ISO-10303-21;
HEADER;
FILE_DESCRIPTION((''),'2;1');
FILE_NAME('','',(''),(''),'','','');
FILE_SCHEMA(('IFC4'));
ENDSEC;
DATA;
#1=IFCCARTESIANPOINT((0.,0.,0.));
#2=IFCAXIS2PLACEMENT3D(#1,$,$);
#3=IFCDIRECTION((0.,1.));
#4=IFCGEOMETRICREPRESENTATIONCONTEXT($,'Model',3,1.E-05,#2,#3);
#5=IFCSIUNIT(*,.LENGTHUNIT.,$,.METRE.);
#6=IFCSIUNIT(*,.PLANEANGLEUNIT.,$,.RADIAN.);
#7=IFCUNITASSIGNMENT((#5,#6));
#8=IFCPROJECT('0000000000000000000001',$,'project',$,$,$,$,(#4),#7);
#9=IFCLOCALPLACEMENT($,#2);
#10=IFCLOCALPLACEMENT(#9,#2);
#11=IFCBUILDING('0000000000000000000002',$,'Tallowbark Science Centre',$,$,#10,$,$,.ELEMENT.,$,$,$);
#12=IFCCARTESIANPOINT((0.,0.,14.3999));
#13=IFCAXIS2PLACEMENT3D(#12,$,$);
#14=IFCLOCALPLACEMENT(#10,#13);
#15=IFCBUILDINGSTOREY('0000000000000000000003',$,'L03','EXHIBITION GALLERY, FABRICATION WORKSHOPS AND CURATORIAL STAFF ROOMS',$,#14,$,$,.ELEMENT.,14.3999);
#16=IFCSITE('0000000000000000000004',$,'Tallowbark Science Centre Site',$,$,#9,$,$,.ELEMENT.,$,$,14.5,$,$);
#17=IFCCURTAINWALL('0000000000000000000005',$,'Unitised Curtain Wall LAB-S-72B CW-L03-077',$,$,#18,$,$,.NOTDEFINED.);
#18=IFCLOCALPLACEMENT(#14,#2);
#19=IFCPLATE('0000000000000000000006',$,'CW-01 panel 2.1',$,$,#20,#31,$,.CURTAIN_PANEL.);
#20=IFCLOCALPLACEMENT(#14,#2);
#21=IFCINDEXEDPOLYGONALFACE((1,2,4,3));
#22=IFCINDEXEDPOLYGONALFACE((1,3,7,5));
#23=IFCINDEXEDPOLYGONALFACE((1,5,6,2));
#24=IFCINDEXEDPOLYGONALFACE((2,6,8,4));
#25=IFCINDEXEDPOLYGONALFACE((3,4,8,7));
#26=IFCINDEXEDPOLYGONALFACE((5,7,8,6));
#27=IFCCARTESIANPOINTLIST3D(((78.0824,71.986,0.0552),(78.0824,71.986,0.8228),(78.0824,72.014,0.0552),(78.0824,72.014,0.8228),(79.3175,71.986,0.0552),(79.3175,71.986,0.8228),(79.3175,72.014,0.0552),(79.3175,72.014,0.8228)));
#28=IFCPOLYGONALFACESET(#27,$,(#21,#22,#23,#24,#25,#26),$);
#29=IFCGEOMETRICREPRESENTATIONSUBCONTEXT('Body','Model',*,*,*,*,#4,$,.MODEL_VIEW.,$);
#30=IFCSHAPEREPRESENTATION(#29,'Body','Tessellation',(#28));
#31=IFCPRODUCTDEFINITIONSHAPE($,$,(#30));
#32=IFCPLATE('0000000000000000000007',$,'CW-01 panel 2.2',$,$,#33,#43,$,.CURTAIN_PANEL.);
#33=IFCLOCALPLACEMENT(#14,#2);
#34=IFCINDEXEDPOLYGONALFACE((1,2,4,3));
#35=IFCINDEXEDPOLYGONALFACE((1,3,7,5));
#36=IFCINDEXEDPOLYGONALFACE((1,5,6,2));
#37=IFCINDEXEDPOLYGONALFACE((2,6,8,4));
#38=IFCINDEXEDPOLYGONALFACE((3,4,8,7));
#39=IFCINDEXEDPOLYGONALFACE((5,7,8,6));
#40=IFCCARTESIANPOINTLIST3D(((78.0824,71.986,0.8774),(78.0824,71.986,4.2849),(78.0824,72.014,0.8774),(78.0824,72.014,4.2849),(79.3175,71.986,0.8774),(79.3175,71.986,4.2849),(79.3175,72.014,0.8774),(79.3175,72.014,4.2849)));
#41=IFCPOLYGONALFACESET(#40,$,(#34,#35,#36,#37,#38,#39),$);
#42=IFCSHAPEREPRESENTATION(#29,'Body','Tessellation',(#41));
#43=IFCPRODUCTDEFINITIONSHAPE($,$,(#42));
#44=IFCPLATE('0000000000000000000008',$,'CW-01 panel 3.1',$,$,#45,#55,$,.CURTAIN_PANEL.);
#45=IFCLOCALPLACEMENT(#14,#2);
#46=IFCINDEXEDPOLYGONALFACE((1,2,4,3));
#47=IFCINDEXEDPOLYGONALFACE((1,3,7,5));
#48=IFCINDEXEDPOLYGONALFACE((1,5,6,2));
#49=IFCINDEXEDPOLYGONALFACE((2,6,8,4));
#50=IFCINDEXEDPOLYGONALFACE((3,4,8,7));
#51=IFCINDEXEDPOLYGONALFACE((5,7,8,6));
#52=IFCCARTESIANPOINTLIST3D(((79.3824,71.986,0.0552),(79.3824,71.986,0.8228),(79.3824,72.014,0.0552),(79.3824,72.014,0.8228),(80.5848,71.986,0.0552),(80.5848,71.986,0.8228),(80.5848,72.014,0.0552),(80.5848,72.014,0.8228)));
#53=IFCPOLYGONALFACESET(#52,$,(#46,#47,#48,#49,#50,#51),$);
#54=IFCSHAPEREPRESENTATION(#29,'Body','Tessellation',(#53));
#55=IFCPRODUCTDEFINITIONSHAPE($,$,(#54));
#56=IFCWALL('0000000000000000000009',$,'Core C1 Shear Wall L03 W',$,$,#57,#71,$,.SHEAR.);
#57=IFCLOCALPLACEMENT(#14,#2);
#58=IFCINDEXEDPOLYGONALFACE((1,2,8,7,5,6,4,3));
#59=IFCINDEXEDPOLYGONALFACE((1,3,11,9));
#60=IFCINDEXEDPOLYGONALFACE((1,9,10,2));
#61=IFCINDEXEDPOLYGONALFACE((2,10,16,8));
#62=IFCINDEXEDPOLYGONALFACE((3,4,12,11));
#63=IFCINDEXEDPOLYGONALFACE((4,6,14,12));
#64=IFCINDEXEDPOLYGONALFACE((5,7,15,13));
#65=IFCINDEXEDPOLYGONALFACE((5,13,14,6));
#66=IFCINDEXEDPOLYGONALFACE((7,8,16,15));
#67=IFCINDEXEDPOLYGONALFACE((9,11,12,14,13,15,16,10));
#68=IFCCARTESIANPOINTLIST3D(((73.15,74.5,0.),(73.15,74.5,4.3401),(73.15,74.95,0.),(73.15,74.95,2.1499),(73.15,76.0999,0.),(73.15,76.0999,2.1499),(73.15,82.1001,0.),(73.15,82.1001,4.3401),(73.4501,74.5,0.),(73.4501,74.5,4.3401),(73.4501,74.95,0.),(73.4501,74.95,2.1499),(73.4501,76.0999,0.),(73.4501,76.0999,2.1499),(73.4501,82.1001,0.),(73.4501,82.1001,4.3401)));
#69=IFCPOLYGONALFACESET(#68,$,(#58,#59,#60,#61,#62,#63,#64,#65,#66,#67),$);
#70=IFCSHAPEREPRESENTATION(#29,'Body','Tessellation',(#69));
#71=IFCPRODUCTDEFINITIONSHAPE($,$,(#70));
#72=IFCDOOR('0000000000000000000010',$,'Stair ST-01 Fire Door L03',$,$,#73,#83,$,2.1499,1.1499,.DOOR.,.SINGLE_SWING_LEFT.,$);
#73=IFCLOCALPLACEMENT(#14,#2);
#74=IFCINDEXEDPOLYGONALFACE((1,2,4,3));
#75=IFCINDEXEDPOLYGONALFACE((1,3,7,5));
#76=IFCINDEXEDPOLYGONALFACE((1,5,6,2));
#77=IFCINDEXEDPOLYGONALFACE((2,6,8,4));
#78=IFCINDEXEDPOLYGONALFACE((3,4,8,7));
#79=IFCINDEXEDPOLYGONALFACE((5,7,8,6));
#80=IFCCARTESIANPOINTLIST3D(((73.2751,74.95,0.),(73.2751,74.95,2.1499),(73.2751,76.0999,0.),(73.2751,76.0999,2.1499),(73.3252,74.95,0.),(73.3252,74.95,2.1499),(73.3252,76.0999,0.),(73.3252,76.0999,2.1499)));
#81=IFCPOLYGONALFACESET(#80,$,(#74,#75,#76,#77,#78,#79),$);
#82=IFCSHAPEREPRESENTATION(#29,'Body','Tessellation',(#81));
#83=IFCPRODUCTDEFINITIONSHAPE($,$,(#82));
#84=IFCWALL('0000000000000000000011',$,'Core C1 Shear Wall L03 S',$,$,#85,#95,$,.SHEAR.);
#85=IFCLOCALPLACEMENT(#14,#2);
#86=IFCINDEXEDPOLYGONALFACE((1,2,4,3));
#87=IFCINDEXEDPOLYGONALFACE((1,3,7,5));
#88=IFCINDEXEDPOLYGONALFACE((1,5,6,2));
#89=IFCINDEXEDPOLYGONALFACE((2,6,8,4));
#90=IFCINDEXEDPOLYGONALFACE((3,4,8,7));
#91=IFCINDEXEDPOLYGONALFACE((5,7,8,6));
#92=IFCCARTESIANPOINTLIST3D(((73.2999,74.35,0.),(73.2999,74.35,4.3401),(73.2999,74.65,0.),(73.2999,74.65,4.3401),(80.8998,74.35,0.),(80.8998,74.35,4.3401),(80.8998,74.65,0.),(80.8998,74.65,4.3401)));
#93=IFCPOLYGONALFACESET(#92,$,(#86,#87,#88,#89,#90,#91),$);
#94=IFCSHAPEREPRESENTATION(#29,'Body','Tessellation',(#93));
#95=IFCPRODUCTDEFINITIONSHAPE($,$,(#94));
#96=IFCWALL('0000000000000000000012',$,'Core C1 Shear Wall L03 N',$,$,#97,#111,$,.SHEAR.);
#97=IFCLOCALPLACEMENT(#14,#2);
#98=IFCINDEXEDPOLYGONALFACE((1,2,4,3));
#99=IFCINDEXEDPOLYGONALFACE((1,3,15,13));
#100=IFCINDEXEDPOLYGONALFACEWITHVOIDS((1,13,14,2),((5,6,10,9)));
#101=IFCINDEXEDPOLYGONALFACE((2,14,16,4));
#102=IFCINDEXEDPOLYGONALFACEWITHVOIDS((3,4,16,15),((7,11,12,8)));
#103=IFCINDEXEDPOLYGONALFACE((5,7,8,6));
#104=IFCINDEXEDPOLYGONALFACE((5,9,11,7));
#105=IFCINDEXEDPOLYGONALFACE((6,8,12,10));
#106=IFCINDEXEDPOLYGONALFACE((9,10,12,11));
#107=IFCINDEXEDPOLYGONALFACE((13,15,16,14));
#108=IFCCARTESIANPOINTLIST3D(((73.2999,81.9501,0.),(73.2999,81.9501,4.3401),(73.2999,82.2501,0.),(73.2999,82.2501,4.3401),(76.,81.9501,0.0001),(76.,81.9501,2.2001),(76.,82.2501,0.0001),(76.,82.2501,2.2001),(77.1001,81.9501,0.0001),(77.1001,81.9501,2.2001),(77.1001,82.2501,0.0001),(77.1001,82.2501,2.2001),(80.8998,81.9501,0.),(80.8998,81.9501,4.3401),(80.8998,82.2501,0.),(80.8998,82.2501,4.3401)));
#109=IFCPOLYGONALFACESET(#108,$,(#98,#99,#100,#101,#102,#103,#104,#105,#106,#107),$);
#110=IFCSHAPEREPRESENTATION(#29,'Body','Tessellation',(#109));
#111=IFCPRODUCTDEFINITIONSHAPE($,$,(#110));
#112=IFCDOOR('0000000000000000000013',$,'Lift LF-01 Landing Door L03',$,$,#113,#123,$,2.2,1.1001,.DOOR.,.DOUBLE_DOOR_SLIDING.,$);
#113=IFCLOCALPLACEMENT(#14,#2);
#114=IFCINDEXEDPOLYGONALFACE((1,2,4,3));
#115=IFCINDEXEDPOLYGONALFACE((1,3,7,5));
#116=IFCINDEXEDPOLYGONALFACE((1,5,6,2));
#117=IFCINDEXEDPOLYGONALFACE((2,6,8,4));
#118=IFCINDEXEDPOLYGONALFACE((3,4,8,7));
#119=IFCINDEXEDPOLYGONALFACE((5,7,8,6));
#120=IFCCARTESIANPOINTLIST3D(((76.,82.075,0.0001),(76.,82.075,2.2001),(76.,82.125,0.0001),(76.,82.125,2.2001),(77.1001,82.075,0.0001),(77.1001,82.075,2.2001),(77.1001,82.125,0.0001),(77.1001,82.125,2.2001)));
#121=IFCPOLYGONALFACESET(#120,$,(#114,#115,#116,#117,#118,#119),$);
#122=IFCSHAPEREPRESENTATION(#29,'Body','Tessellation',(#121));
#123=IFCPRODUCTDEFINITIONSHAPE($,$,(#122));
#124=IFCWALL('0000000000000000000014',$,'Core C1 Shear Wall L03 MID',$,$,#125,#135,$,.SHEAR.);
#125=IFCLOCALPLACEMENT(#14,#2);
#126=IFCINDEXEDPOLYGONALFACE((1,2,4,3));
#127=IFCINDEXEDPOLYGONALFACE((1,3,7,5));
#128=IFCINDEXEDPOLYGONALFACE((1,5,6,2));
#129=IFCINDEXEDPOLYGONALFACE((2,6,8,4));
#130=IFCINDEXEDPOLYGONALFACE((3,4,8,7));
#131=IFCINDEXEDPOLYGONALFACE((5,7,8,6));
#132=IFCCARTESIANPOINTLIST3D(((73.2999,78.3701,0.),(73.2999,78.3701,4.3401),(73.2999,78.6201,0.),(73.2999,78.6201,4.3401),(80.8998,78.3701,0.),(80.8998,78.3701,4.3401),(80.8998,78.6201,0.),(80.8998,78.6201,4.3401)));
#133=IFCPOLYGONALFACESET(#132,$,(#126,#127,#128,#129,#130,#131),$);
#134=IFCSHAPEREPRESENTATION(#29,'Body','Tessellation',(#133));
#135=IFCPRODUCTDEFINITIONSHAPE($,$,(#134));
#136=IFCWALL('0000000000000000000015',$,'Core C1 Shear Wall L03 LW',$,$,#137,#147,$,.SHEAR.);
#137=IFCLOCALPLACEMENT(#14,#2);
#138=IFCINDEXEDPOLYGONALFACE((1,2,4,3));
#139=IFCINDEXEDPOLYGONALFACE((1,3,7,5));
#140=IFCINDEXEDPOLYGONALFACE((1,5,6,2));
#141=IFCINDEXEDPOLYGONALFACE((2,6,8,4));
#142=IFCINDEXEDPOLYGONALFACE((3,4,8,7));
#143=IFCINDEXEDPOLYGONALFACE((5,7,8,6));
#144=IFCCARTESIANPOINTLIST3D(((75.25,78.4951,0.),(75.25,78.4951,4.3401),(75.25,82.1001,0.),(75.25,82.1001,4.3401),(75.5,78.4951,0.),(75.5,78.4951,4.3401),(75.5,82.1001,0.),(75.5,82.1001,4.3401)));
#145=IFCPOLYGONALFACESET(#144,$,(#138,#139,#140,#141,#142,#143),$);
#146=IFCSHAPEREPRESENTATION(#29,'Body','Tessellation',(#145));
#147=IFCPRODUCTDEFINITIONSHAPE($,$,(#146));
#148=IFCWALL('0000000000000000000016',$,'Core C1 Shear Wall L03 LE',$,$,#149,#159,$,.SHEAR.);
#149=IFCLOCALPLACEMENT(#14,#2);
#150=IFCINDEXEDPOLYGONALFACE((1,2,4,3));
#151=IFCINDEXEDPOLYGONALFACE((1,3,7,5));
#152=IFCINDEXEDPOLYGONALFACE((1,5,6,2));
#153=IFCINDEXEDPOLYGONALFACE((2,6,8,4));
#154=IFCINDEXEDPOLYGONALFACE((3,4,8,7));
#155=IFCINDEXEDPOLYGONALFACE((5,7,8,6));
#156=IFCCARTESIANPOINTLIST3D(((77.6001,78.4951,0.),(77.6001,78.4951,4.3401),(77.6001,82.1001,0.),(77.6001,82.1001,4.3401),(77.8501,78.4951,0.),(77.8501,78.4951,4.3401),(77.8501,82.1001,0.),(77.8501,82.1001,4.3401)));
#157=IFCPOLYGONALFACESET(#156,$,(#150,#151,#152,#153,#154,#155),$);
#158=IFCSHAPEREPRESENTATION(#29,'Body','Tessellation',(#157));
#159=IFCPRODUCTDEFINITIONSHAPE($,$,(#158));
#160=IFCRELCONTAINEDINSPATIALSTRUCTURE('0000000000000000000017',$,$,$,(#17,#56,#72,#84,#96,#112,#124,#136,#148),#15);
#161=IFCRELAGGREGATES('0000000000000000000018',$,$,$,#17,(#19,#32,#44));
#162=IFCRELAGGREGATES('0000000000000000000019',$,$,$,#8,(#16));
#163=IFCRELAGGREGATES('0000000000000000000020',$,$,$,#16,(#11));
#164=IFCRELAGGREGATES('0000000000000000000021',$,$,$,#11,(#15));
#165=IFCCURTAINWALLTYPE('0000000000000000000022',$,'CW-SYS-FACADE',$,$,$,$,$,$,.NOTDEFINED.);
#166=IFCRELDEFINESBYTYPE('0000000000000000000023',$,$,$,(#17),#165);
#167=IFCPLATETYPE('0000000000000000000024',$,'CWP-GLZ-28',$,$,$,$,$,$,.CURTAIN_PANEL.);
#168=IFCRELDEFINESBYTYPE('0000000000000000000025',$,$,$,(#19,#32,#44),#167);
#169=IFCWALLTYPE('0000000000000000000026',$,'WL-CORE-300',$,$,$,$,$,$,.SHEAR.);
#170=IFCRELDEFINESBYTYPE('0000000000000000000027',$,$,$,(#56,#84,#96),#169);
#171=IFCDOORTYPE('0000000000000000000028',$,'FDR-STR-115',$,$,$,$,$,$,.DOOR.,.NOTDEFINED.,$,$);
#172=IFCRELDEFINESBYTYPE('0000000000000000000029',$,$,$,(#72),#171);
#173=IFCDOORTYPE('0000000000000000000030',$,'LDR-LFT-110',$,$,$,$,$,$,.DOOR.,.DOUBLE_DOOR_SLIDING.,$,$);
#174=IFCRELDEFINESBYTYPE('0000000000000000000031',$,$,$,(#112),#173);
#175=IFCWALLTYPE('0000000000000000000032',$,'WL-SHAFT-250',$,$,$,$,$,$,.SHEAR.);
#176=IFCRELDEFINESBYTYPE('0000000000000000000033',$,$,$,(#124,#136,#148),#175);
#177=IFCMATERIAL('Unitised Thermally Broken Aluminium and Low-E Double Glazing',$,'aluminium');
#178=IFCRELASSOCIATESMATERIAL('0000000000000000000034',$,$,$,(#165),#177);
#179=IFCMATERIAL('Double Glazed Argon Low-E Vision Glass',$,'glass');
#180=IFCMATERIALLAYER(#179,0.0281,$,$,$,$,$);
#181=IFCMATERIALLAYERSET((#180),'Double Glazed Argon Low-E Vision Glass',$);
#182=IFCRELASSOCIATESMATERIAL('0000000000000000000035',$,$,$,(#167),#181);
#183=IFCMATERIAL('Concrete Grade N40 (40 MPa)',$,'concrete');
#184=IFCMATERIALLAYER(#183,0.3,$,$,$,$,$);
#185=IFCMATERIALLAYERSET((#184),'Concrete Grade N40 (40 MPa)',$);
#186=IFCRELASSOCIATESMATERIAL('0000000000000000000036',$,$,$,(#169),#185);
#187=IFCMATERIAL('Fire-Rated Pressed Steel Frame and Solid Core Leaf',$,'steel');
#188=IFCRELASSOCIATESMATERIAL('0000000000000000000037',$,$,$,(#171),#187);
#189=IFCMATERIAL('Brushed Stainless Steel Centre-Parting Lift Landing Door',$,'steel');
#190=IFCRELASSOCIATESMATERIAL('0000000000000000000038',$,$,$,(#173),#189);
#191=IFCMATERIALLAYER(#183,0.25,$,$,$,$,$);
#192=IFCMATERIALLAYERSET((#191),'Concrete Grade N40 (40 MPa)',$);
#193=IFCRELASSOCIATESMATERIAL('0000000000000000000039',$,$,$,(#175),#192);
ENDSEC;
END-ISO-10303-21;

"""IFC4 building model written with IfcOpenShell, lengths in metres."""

from ifc_helpers import new_model, si_unit, direction, frame, frame_2d, origin, origin_2d, place, context, subcontext, project, spatial, rectangle, extrude, material, layer, layer_set, type_object, element, fill, aggregate, save


model = new_model("IFC4")

# Units and contexts
model_context = context("Model", 3, precision=1e-05, world=origin(), true_north=direction((0.0, 1.0)))
body_context = subcontext(model_context, "Body", "Model", "MODEL_VIEW")
ifc_project = project(units=[si_unit("LENGTHUNIT", "METRE"), si_unit("PLANEANGLEUNIT", "RADIAN")], contexts=[model_context])

# Site, building, storey
site_placement = place(None, origin())
site = spatial("IfcSite", under=ifc_project, at=site_placement, Name="Tallowbark Science Centre Site", CompositionType="ELEMENT", RefElevation=14.5)
building_placement = place(site_placement, origin())
building = spatial("IfcBuilding", under=site, at=building_placement, Name="Tallowbark Science Centre", CompositionType="ELEMENT")
storey_placement = place(building_placement, frame((0.0, 0.0, 14.3999)))
storey = spatial("IfcBuildingStorey", under=building, at=storey_placement, Name="L03", Description="EXHIBITION GALLERY, FABRICATION WORKSHOPS AND CURATORIAL STAFF ROOMS", CompositionType="ELEMENT", Elevation=14.3999)

# Curtain wall
ifc_material_1 = material(Name="Unitised Thermally Broken Aluminium and Low-E Double Glazing", Category="aluminium")
curtain_wall_type = type_object("IfcCurtainWallType", Name="CW-SYS-FACADE", PredefinedType="NOTDEFINED", material=ifc_material_1)
curtain_wall_1_placement = place(storey_placement, origin())
curtain_wall_1 = element("IfcCurtainWall", 1, at=curtain_wall_1_placement, inside=storey, type_object=curtain_wall_type, Name="Unitised Curtain Wall LAB-S-72B CW-L03-077", PredefinedType="NOTDEFINED")

# Plates
ifc_material_2 = material(Name="Double Glazed Argon Low-E Vision Glass", Category="glass")
ifc_layer_1 = layer(ifc_material_2, 0.0281)
ifc_layer_set_1 = layer_set([ifc_layer_1], Name="Double Glazed Argon Low-E Vision Glass")
plate_type = type_object("IfcPlateType", Name="CWP-GLZ-28", PredefinedType="CURTAIN_PANEL", material=ifc_layer_set_1)
plate_1_placement = place(storey_placement, frame((78.7, 72.0, 0.0552), z_axis=(0.0, 0.0, 1.0), x_axis=(1.0, 0.0, 0.0)))
plate_1 = element("IfcPlate", 2, at=plate_1_placement, type_object=plate_type, Name="CW-01 panel 2.1", PredefinedType="CURTAIN_PANEL", context=body_context, shape_type="SweptSolid", body=[
    extrude(rectangle(XDim=1.2351, YDim=0.0281, at=origin_2d()), origin(), (0.0, 0.0, 1.0), 0.7676),
])
plate_2_placement = place(storey_placement, frame((78.7, 72.0, 0.8774), z_axis=(0.0, 0.0, 1.0), x_axis=(1.0, 0.0, 0.0)))
plate_2 = element("IfcPlate", 3, at=plate_2_placement, type_object=plate_type, Name="CW-01 panel 2.2", PredefinedType="CURTAIN_PANEL", context=body_context, shape_type="SweptSolid", body=[
    extrude(rectangle(XDim=1.2351, YDim=0.0281, at=origin_2d()), origin(), (0.0, 0.0, 1.0), 3.4075),
])
plate_3_placement = place(storey_placement, frame((79.9836, 72.0, 0.0552), z_axis=(0.0, 0.0, 1.0), x_axis=(1.0, 0.0, 0.0)))
plate_3 = element("IfcPlate", 4, at=plate_3_placement, type_object=plate_type, Name="CW-01 panel 3.1", PredefinedType="CURTAIN_PANEL", context=body_context, shape_type="SweptSolid", body=[
    extrude(rectangle(XDim=1.2024, YDim=0.0281, at=origin_2d()), origin(), (0.0, 0.0, 1.0), 0.7676),
])
aggregate(curtain_wall_1, [plate_1, plate_2, plate_3])

# Wall, opening, door
ifc_material_3 = material(Name="Concrete Grade N40 (40 MPa)", Category="concrete")
ifc_layer_2 = layer(ifc_material_3, 0.3)
ifc_layer_set_2 = layer_set([ifc_layer_2], Name="Concrete Grade N40 (40 MPa)")
wall_type_1 = type_object("IfcWallType", Name="WL-CORE-300", PredefinedType="SHEAR", material=ifc_layer_set_2)
wall_1_placement = place(storey_placement, frame((73.3, 74.5, 0.0), z_axis=(0.0, 0.0, 1.0), x_axis=(0.0, 1.0, 0.0)))
wall_1 = element("IfcWall", 5, at=wall_1_placement, inside=storey, type_object=wall_type_1, Name="Core C1 Shear Wall L03 W", PredefinedType="SHEAR", context=body_context, shape_type="SweptSolid", body=[
    extrude(rectangle(XDim=7.6001, YDim=0.3, at=frame_2d((3.8, 0.0))), origin(), (0.0, 0.0, 1.0), 4.3401),
])
opening_1_placement = place(wall_1_placement, frame((0.45, 0.0, 0.0)))
opening_1 = element("IfcOpeningElement", 6, at=opening_1_placement, cuts=wall_1, PredefinedType="OPENING", context=body_context, shape_type="SweptSolid", body=[
    extrude(rectangle(XDim=1.1499, YDim=2.1499, at=frame_2d((0.575, 1.075))), frame((0.0, 0.1602, 0.0), z_axis=(0.0, -1.0, 0.0), x_axis=(1.0, 0.0, 0.0)), (0.0, 0.0, 1.0), 0.3201),
])
ifc_material_4 = material(Name="Fire-Rated Pressed Steel Frame and Solid Core Leaf", Category="steel")
door_type_1 = type_object("IfcDoorType", Name="FDR-STR-115", OperationType="NOTDEFINED", PredefinedType="DOOR", material=ifc_material_4)
door_1_placement = place(opening_1_placement, origin())
door_1 = element("IfcDoor", 7, at=door_1_placement, inside=storey, type_object=door_type_1, Name="Stair ST-01 Fire Door L03", OperationType="SINGLE_SWING_LEFT", OverallHeight=2.1499, OverallWidth=1.1499, PredefinedType="DOOR", context=body_context, shape_type="SweptSolid", body=[
    extrude(rectangle(XDim=1.1499, YDim=2.1499, at=frame_2d((0.575, 1.075))), frame((0.0, 0.0249, 0.0), z_axis=(0.0, -1.0, 0.0), x_axis=(1.0, 0.0, 0.0)), (0.0, 0.0, 1.0), 0.05),
])
fill(opening_1, door_1)

# Wall
wall_2_placement = place(storey_placement, frame((73.3, 74.5, 0.0), z_axis=(0.0, 0.0, 1.0), x_axis=(1.0, 0.0, 0.0)))
element("IfcWall", 8, at=wall_2_placement, inside=storey, type_object=wall_type_1, Name="Core C1 Shear Wall L03 S", PredefinedType="SHEAR", context=body_context, shape_type="SweptSolid", body=[
    extrude(rectangle(XDim=7.5999, YDim=0.3, at=frame_2d((3.7998, 0.0))), origin(), (0.0, 0.0, 1.0), 4.3401),
])

# Wall, opening, door
wall_3_placement = place(storey_placement, frame((73.3, 82.1001, 0.0), z_axis=(0.0, 0.0, 1.0), x_axis=(1.0, 0.0, 0.0)))
wall_3 = element("IfcWall", 9, at=wall_3_placement, inside=storey, type_object=wall_type_1, Name="Core C1 Shear Wall L03 N", PredefinedType="SHEAR", context=body_context, shape_type="SweptSolid", body=[
    extrude(rectangle(XDim=7.5999, YDim=0.3, at=frame_2d((3.7998, 0.0))), origin(), (0.0, 0.0, 1.0), 4.3401),
])
opening_2_placement = place(wall_3_placement, frame((2.7, 0.0, 0.0)))
opening_2 = element("IfcOpeningElement", 10, at=opening_2_placement, cuts=wall_3, PredefinedType="OPENING", context=body_context, shape_type="SweptSolid", body=[
    extrude(rectangle(XDim=1.1001, YDim=2.2, at=frame_2d((0.55, 1.1001))), frame((0.0, 0.1602, 0.0), z_axis=(0.0, -1.0, 0.0), x_axis=(1.0, 0.0, 0.0)), (0.0, 0.0, 1.0), 0.3201),
])
ifc_material_5 = material(Name="Brushed Stainless Steel Centre-Parting Lift Landing Door", Category="steel")
door_type_2 = type_object("IfcDoorType", Name="LDR-LFT-110", OperationType="DOUBLE_DOOR_SLIDING", PredefinedType="DOOR", material=ifc_material_5)
door_2_placement = place(opening_2_placement, origin())
door_2 = element("IfcDoor", 11, at=door_2_placement, inside=storey, type_object=door_type_2, Name="Lift LF-01 Landing Door L03", OperationType="DOUBLE_DOOR_SLIDING", OverallHeight=2.2, OverallWidth=1.1001, PredefinedType="DOOR", context=body_context, shape_type="SweptSolid", body=[
    extrude(rectangle(XDim=1.1001, YDim=2.2, at=frame_2d((0.55, 1.1001))), frame((0.0, 0.0249, 0.0), z_axis=(0.0, -1.0, 0.0), x_axis=(1.0, 0.0, 0.0)), (0.0, 0.0, 1.0), 0.05),
])
fill(opening_2, door_2)

# Walls
ifc_layer_3 = layer(ifc_material_3, 0.25)
ifc_layer_set_3 = layer_set([ifc_layer_3], Name="Concrete Grade N40 (40 MPa)")
wall_type_2 = type_object("IfcWallType", Name="WL-SHAFT-250", PredefinedType="SHEAR", material=ifc_layer_set_3)
wall_4_placement = place(storey_placement, frame((73.3, 78.4951, 0.0), z_axis=(0.0, 0.0, 1.0), x_axis=(1.0, 0.0, 0.0)))
element("IfcWall", 12, at=wall_4_placement, inside=storey, type_object=wall_type_2, Name="Core C1 Shear Wall L03 MID", PredefinedType="SHEAR", context=body_context, shape_type="SweptSolid", body=[
    extrude(rectangle(XDim=7.5999, YDim=0.25, at=frame_2d((3.7998, 0.0))), origin(), (0.0, 0.0, 1.0), 4.3401),
])
for number, where, z_axis, x_axis, name in (
    (13, (75.375, 78.4951, 0.0), (0.0, 0.0, 1.0), (0.0, 1.0, 0.0), "Core C1 Shear Wall L03 LW"),
    (14, (77.7251, 78.4951, 0.0), (0.0, 0.0, 1.0), (0.0, 1.0, 0.0), "Core C1 Shear Wall L03 LE"),
):
    element("IfcWall", number, at=place(storey_placement, frame(where, z_axis=z_axis, x_axis=x_axis)), inside=storey, type_object=wall_type_2, Name=name, PredefinedType="SHEAR", context=body_context, shape_type="SweptSolid", body=[
        extrude(rectangle(XDim=3.605, YDim=0.25, at=frame_2d((1.8025, 0.0))), origin(), (0.0, 0.0, 1.0), 4.3401),
    ])

save(model, "model.ifc")
